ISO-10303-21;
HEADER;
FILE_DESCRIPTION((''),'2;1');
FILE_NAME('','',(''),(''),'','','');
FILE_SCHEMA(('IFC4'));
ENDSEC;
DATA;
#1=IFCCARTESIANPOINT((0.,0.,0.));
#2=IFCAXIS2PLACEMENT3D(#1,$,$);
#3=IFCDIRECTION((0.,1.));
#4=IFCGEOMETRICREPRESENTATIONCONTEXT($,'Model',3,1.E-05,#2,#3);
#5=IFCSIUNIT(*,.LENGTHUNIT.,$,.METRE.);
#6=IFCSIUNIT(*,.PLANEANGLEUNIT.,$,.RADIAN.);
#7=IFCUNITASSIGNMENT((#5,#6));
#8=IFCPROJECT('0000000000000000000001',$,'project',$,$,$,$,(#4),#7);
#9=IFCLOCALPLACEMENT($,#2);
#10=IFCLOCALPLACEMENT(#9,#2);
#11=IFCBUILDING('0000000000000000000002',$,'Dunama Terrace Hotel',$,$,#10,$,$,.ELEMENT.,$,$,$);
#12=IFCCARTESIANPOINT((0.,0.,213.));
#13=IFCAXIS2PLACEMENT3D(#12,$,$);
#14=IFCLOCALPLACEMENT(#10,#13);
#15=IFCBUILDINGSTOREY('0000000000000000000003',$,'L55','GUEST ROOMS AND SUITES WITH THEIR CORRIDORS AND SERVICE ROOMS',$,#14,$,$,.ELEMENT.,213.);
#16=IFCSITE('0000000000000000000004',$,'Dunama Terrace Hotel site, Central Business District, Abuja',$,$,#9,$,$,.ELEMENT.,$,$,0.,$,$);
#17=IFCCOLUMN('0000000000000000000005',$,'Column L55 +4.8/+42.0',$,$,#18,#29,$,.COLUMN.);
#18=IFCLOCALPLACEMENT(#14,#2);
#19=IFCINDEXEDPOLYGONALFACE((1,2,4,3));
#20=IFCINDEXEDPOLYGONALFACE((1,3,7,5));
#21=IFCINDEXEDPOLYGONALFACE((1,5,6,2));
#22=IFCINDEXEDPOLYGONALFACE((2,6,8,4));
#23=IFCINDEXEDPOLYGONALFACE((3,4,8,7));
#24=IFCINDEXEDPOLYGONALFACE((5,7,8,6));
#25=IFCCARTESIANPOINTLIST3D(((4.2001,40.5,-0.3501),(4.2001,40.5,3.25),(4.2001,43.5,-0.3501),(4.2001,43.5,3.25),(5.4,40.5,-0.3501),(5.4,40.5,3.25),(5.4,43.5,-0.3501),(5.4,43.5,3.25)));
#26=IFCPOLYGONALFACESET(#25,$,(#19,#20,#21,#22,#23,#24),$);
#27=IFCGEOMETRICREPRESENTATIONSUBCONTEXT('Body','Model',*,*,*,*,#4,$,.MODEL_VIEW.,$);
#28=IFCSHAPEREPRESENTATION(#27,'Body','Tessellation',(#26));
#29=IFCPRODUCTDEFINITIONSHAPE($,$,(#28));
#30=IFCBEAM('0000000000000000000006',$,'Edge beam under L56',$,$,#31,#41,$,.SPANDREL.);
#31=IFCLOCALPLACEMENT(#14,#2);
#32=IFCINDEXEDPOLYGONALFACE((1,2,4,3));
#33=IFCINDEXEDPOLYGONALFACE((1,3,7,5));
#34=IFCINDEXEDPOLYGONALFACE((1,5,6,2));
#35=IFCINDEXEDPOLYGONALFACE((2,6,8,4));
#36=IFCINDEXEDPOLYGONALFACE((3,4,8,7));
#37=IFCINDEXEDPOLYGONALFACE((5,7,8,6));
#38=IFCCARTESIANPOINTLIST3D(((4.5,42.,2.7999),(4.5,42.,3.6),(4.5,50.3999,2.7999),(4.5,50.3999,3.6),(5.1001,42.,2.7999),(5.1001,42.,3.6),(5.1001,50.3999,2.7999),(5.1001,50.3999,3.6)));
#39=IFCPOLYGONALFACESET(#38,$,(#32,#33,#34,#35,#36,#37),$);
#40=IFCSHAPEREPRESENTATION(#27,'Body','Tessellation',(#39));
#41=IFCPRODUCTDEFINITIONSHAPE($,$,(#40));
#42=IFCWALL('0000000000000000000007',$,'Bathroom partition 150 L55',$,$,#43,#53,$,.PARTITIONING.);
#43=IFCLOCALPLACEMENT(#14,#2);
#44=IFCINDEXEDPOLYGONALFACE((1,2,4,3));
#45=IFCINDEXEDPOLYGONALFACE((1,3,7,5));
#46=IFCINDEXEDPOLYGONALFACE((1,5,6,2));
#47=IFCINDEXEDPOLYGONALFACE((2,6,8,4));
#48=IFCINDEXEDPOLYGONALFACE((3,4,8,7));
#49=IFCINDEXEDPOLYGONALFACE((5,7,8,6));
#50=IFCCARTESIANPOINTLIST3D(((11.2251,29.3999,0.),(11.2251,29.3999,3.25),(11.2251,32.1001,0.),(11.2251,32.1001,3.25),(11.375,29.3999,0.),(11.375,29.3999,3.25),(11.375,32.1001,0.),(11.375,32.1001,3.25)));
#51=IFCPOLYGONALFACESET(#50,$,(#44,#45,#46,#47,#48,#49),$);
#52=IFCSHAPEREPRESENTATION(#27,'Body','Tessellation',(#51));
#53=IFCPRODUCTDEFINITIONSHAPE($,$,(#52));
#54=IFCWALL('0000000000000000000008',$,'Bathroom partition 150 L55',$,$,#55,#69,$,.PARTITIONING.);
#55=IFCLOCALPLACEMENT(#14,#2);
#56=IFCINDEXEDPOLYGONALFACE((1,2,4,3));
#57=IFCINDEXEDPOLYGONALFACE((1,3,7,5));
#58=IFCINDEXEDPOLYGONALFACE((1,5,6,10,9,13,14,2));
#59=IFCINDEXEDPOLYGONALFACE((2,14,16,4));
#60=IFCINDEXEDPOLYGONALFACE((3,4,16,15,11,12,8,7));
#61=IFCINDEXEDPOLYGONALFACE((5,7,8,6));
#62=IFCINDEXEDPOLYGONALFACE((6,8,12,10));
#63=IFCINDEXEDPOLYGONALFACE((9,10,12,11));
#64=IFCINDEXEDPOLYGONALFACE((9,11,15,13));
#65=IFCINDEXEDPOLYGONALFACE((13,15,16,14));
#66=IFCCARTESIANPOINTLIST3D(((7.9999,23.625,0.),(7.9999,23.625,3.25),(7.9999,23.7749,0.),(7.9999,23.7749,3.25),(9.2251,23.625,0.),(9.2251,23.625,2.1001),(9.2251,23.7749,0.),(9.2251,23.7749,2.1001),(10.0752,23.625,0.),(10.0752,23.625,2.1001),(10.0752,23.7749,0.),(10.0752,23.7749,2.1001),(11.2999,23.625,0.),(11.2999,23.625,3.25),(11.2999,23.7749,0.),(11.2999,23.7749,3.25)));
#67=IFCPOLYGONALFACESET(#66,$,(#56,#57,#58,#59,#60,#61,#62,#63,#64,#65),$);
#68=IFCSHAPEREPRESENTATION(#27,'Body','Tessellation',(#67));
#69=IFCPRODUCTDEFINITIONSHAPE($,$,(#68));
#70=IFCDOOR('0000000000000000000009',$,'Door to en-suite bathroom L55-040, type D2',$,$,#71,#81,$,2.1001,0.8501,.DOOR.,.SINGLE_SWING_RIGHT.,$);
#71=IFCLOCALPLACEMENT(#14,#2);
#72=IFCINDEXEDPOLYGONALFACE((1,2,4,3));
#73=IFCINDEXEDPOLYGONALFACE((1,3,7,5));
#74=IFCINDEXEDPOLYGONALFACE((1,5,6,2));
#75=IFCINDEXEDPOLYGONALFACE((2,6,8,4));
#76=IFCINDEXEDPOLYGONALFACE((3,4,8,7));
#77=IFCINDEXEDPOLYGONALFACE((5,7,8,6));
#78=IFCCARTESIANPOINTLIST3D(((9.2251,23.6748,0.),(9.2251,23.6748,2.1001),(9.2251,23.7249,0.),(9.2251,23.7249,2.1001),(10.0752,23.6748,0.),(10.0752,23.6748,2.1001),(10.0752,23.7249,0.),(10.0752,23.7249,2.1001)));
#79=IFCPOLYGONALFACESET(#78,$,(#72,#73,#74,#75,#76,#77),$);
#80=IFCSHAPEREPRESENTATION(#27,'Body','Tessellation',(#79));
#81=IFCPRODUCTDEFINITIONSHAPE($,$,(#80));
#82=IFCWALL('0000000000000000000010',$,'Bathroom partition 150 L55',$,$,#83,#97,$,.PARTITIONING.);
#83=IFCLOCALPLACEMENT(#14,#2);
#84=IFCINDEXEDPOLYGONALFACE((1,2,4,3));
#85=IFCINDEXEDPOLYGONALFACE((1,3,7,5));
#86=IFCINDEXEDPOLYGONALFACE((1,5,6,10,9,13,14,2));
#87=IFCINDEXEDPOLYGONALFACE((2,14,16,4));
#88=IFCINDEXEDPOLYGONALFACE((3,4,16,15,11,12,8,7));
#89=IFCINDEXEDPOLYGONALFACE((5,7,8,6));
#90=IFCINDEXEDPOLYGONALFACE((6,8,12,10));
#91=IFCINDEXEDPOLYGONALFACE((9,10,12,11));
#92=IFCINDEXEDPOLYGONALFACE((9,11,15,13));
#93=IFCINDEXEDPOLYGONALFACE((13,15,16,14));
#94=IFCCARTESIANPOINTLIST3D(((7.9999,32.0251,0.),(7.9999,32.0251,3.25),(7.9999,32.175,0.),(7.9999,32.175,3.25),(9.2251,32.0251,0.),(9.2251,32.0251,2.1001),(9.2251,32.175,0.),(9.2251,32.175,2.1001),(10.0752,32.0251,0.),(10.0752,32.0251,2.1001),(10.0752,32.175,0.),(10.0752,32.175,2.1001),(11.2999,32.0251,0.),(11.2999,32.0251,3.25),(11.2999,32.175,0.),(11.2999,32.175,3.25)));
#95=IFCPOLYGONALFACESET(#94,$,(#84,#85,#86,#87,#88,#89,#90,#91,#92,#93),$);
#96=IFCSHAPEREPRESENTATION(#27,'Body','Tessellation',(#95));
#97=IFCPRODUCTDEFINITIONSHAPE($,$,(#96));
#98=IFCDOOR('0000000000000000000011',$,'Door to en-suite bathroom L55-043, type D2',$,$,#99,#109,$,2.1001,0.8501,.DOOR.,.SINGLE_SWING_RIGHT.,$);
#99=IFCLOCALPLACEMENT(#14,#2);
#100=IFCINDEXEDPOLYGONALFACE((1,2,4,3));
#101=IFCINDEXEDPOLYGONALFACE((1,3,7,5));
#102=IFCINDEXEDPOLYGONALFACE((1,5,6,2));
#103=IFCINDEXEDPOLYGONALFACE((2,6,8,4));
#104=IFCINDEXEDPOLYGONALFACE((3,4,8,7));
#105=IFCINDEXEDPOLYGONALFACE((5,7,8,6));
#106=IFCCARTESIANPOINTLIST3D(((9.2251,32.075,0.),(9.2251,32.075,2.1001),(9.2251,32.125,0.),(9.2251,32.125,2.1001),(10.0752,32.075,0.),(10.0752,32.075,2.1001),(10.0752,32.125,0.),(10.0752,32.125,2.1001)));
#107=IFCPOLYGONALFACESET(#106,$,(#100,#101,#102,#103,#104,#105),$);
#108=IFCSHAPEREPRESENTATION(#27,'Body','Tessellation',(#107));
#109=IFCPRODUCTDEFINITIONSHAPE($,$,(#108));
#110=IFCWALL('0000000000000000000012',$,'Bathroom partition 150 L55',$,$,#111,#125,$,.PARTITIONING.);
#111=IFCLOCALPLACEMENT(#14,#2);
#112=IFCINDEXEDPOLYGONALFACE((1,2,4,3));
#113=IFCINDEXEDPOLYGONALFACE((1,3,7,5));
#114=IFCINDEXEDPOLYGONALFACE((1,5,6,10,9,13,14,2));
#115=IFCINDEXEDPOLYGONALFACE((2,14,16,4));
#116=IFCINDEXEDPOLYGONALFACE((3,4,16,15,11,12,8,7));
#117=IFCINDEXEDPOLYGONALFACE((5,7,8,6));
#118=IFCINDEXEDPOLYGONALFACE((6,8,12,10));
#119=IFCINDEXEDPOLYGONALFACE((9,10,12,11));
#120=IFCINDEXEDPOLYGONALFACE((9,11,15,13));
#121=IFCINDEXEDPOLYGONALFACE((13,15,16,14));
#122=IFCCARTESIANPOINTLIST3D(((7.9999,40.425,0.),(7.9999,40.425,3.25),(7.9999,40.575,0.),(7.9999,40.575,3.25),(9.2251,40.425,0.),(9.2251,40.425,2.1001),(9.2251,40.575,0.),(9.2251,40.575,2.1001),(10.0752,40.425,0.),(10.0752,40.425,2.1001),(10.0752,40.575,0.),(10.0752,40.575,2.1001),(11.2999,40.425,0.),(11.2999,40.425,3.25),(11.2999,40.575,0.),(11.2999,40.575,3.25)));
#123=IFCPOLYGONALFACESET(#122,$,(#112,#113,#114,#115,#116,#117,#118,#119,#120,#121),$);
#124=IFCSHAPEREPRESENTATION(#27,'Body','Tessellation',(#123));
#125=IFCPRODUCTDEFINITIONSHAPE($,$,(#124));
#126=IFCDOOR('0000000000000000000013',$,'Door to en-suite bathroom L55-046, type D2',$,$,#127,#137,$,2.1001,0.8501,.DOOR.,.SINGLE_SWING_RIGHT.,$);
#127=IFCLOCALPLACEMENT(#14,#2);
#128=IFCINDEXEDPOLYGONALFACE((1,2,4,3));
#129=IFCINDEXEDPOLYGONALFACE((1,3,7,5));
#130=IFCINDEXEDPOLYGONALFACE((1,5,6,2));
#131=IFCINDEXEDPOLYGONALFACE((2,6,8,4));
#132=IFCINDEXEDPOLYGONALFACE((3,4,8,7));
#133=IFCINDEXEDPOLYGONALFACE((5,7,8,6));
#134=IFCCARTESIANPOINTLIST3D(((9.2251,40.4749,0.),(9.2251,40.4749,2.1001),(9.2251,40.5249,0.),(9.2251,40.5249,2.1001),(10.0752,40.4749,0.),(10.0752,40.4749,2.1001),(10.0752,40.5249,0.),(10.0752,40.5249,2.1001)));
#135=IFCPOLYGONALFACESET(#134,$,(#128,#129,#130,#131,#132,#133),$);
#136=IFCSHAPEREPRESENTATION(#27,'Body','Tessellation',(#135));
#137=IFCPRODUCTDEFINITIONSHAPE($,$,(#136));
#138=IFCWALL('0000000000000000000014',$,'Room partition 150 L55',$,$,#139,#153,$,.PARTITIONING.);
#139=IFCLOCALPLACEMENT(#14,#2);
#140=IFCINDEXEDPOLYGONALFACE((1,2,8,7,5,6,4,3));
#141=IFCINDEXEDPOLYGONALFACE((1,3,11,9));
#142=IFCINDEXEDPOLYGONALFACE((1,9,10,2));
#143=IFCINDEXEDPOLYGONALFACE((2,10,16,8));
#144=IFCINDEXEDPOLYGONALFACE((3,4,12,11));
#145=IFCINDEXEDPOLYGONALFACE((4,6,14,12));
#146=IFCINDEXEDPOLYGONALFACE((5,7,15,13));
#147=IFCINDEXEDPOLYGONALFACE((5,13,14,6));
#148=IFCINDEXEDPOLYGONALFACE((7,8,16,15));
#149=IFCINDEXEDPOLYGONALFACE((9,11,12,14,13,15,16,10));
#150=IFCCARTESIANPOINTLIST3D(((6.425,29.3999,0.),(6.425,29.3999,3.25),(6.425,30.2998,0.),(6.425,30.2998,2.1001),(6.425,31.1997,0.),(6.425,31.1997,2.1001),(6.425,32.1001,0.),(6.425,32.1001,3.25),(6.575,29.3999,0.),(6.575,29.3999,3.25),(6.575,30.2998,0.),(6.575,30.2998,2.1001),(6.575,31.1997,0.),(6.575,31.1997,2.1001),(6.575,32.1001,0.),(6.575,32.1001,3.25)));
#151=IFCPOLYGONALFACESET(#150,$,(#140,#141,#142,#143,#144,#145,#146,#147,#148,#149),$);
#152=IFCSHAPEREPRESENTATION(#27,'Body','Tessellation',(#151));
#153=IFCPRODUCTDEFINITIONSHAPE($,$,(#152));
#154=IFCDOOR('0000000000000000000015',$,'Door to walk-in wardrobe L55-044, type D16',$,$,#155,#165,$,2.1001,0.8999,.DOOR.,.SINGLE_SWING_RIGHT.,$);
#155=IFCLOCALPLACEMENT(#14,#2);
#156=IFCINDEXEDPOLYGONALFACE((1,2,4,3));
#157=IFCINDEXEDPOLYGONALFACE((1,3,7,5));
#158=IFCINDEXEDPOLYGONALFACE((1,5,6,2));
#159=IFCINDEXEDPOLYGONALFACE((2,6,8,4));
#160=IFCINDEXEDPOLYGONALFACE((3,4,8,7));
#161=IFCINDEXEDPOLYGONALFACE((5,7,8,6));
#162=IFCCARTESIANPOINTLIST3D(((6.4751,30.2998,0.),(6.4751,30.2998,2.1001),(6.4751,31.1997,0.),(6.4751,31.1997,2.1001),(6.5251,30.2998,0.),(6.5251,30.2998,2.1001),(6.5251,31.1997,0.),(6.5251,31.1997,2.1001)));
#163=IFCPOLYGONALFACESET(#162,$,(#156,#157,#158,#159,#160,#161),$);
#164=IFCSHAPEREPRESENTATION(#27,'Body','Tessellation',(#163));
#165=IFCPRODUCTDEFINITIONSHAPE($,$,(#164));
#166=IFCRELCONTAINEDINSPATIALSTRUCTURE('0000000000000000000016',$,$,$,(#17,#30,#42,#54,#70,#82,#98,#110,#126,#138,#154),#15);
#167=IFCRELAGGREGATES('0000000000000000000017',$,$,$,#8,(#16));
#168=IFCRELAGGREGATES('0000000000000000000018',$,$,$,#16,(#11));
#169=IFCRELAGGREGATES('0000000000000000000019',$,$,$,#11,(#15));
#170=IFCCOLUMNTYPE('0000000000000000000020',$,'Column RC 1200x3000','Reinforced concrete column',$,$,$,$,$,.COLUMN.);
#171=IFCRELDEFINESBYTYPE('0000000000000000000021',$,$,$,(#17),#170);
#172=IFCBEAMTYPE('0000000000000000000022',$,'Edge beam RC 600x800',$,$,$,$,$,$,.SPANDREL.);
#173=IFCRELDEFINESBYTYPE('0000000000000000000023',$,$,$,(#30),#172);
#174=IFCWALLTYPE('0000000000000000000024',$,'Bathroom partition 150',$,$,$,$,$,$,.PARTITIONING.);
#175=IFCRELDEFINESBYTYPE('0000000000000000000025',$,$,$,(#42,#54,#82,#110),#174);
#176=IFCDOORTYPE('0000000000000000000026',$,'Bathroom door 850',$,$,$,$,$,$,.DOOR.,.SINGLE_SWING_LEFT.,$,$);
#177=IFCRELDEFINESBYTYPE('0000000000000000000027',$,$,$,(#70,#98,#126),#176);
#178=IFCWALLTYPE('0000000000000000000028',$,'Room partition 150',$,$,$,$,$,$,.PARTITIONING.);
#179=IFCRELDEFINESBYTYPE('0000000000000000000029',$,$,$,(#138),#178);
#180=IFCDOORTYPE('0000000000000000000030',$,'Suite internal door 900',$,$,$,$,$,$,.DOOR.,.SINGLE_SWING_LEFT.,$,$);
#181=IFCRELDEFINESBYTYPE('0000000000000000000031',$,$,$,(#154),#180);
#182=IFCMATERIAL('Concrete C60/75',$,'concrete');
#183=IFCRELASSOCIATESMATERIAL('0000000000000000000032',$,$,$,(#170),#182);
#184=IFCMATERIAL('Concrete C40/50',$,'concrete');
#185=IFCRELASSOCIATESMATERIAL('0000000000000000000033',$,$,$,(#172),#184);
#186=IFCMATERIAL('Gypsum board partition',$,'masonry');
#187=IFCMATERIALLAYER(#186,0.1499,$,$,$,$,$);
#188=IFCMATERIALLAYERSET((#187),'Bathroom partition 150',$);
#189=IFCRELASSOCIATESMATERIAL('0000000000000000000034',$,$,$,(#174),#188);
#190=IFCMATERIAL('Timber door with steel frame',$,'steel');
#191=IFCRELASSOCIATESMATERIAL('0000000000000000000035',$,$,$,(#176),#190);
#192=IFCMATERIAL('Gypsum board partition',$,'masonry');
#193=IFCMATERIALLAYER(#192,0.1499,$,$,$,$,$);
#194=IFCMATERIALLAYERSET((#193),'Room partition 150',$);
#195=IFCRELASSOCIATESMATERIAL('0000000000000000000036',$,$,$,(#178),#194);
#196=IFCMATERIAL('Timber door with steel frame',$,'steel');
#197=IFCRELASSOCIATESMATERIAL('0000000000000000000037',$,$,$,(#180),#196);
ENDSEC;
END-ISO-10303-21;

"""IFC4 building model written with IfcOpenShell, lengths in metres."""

from ifc_helpers import new_model, si_unit, direction, frame, frame_2d, origin, origin_2d, place, context, subcontext, project, spatial, rectangle, extrude, material, layer, layer_set, material_profile, profile_set, type_object, element, fill, save


model = new_model("IFC4")

# Units and contexts
model_context = context("Model", 3, precision=1e-05, world=origin(), true_north=direction((0.0, 1.0)))
body_context = subcontext(model_context, "Body", "Model", "MODEL_VIEW")
ifc_project = project(units=[si_unit("LENGTHUNIT", "METRE"), si_unit("PLANEANGLEUNIT", "RADIAN")], contexts=[model_context])

# Site, building, storey
site_placement = place(None, origin())
site = spatial("IfcSite", under=ifc_project, at=site_placement, Name="Dunama Terrace Hotel site, Central Business District, Abuja", CompositionType="ELEMENT", RefElevation=0.0)
building_placement = place(site_placement, origin())
building = spatial("IfcBuilding", under=site, at=building_placement, Name="Dunama Terrace Hotel", CompositionType="ELEMENT")
storey_placement = place(building_placement, frame((0.0, 0.0, 213.0)))
storey = spatial("IfcBuildingStorey", under=building, at=storey_placement, Name="L55", Description="GUEST ROOMS AND SUITES WITH THEIR CORRIDORS AND SERVICE ROOMS", CompositionType="ELEMENT", Elevation=213.0)

# Column
ifc_material_1 = material(Name="Concrete C60/75", Category="concrete")
ifc_material_profile_1 = material_profile(ifc_material_1, rectangle(XDim=1.2, YDim=3.0, at=origin_2d()), Name="RC 1200x3000")
ifc_profile_set_1 = profile_set([ifc_material_profile_1], Name="Concrete C60/75")
column_type = type_object("IfcColumnType", Name="Column RC 1200x3000", Description="Reinforced concrete column", PredefinedType="COLUMN", material=ifc_profile_set_1)
column_placement = place(storey_placement, frame((4.8, 42.0, -0.3501), z_axis=(0.0, 0.0, 1.0), x_axis=(1.0, 0.0, 0.0)))
element("IfcColumn", 1, at=column_placement, inside=storey, type_object=column_type, Name="Column L55 +4.8/+42.0", PredefinedType="COLUMN", context=body_context, shape_type="SweptSolid", body=[
    extrude(rectangle(XDim=1.2, YDim=3.0, at=origin_2d()), origin(), (0.0, 0.0, 1.0), 3.6001),
])

# Beam
ifc_material_2 = material(Name="Concrete C40/50", Category="concrete")
ifc_material_profile_2 = material_profile(ifc_material_2, rectangle(XDim=0.6001, YDim=0.8, at=origin_2d()), Name="RC 600x800")
ifc_profile_set_2 = profile_set([ifc_material_profile_2], Name="Concrete C40/50")
beam_type = type_object("IfcBeamType", Name="Edge beam RC 600x800", PredefinedType="SPANDREL", material=ifc_profile_set_2)
beam_placement = place(storey_placement, frame((4.8, 42.0, 3.2), z_axis=(0.0, 1.0, 0.0), x_axis=(-1.0, 0.0, 0.0)))
element("IfcBeam", 2, at=beam_placement, inside=storey, type_object=beam_type, Name="Edge beam under L56", PredefinedType="SPANDREL", context=body_context, shape_type="SweptSolid", body=[
    extrude(rectangle(XDim=0.6001, YDim=0.8, at=origin_2d()), origin(), (0.0, 0.0, 1.0), 8.3999),
])

# Wall
ifc_material_3 = material(Name="Gypsum board partition", Category="masonry")
ifc_layer_1 = layer(ifc_material_3, 0.1499)
ifc_layer_set_1 = layer_set([ifc_layer_1], Name="Bathroom partition 150")
wall_type_1 = type_object("IfcWallType", Name="Bathroom partition 150", PredefinedType="PARTITIONING", material=ifc_layer_set_1)
wall_1_placement = place(storey_placement, frame((11.3, 29.3999, 0.0), z_axis=(0.0, 0.0, 1.0), x_axis=(0.0, 1.0, 0.0)))
element("IfcWall", 3, at=wall_1_placement, inside=storey, type_object=wall_type_1, Name="Bathroom partition 150 L55", PredefinedType="PARTITIONING", context=body_context, shape_type="SweptSolid", body=[
    extrude(rectangle(XDim=2.7002, YDim=0.1499, at=frame_2d((1.3501, 0.0))), origin(), (0.0, 0.0, 1.0), 3.25),
])

# Walls, openings, doors
wall_2_placement = place(storey_placement, frame((8.0, 23.7, 0.0), z_axis=(0.0, 0.0, 1.0), x_axis=(1.0, 0.0, 0.0)))
wall_2 = element("IfcWall", 4, at=wall_2_placement, inside=storey, type_object=wall_type_1, Name="Bathroom partition 150 L55", PredefinedType="PARTITIONING", context=body_context, shape_type="SweptSolid", body=[
    extrude(rectangle(XDim=3.3, YDim=0.1499, at=frame_2d((1.6499, 0.0))), origin(), (0.0, 0.0, 1.0), 3.25),
])
opening_1_placement = place(wall_2_placement, frame((1.2251, 0.0, 0.0)))
opening_1 = element("IfcOpeningElement", 5, at=opening_1_placement, cuts=wall_2, PredefinedType="OPENING", context=body_context, shape_type="SweptSolid", body=[
    extrude(rectangle(XDim=0.8501, YDim=2.1001, at=frame_2d((0.425, 1.05))), frame((0.0, 0.085, 0.0), z_axis=(0.0, -1.0, 0.0), x_axis=(1.0, 0.0, 0.0)), (0.0, 0.0, 1.0), 0.1699),
])
ifc_material_4 = material(Name="Timber door with steel frame", Category="steel")
door_type_1 = type_object("IfcDoorType", Name="Bathroom door 850", OperationType="SINGLE_SWING_LEFT", PredefinedType="DOOR", material=ifc_material_4)
door_1_placement = place(opening_1_placement, frame((0.8501, 0.0, 0.0), z_axis=(0.0, 0.0, 1.0), x_axis=(-1.0, 0.0, 0.0)))
door_1 = element("IfcDoor", 6, at=door_1_placement, inside=storey, type_object=door_type_1, Name="Door to en-suite bathroom L55-040, type D2", OperationType="SINGLE_SWING_RIGHT", OverallHeight=2.1001, OverallWidth=0.8501, PredefinedType="DOOR", context=body_context, shape_type="SweptSolid", body=[
    extrude(rectangle(XDim=0.8501, YDim=2.1001, at=frame_2d((0.425, 1.05))), frame((0.0, 0.0251, 0.0), z_axis=(0.0, -1.0, 0.0), x_axis=(1.0, 0.0, 0.0)), (0.0, 0.0, 1.0), 0.05),
])
fill(opening_1, door_1)
wall_3_placement = place(storey_placement, frame((8.0, 32.1001, 0.0), z_axis=(0.0, 0.0, 1.0), x_axis=(1.0, 0.0, 0.0)))
wall_3 = element("IfcWall", 7, at=wall_3_placement, inside=storey, type_object=wall_type_1, Name="Bathroom partition 150 L55", PredefinedType="PARTITIONING", context=body_context, shape_type="SweptSolid", body=[
    extrude(rectangle(XDim=3.3, YDim=0.1499, at=frame_2d((1.6499, 0.0))), origin(), (0.0, 0.0, 1.0), 3.25),
])
opening_2_placement = place(wall_3_placement, frame((1.2251, 0.0, 0.0)))
opening_2 = element("IfcOpeningElement", 8, at=opening_2_placement, cuts=wall_3, PredefinedType="OPENING", context=body_context, shape_type="SweptSolid", body=[
    extrude(rectangle(XDim=0.8501, YDim=2.1001, at=frame_2d((0.425, 1.05))), frame((0.0, 0.085, 0.0), z_axis=(0.0, -1.0, 0.0), x_axis=(1.0, 0.0, 0.0)), (0.0, 0.0, 1.0), 0.1699),
])
door_2_placement = place(opening_2_placement, frame((0.8501, 0.0, 0.0), z_axis=(0.0, 0.0, 1.0), x_axis=(-1.0, 0.0, 0.0)))
door_2 = element("IfcDoor", 9, at=door_2_placement, inside=storey, type_object=door_type_1, Name="Door to en-suite bathroom L55-043, type D2", OperationType="SINGLE_SWING_RIGHT", OverallHeight=2.1001, OverallWidth=0.8501, PredefinedType="DOOR", context=body_context, shape_type="SweptSolid", body=[
    extrude(rectangle(XDim=0.8501, YDim=2.1001, at=frame_2d((0.425, 1.05))), frame((0.0, 0.0251, 0.0), z_axis=(0.0, -1.0, 0.0), x_axis=(1.0, 0.0, 0.0)), (0.0, 0.0, 1.0), 0.05),
])
fill(opening_2, door_2)
wall_4_placement = place(storey_placement, frame((8.0, 40.5, 0.0), z_axis=(0.0, 0.0, 1.0), x_axis=(1.0, 0.0, 0.0)))
wall_4 = element("IfcWall", 10, at=wall_4_placement, inside=storey, type_object=wall_type_1, Name="Bathroom partition 150 L55", PredefinedType="PARTITIONING", context=body_context, shape_type="SweptSolid", body=[
    extrude(rectangle(XDim=3.3, YDim=0.1499, at=frame_2d((1.6499, 0.0))), origin(), (0.0, 0.0, 1.0), 3.25),
])
opening_3_placement = place(wall_4_placement, frame((1.2251, 0.0, 0.0)))
opening_3 = element("IfcOpeningElement", 11, at=opening_3_placement, cuts=wall_4, PredefinedType="OPENING", context=body_context, shape_type="SweptSolid", body=[
    extrude(rectangle(XDim=0.8501, YDim=2.1001, at=frame_2d((0.425, 1.05))), frame((0.0, 0.085, 0.0), z_axis=(0.0, -1.0, 0.0), x_axis=(1.0, 0.0, 0.0)), (0.0, 0.0, 1.0), 0.1699),
])
door_3_placement = place(opening_3_placement, frame((0.8501, 0.0, 0.0), z_axis=(0.0, 0.0, 1.0), x_axis=(-1.0, 0.0, 0.0)))
door_3 = element("IfcDoor", 12, at=door_3_placement, inside=storey, type_object=door_type_1, Name="Door to en-suite bathroom L55-046, type D2", OperationType="SINGLE_SWING_RIGHT", OverallHeight=2.1001, OverallWidth=0.8501, PredefinedType="DOOR", context=body_context, shape_type="SweptSolid", body=[
    extrude(rectangle(XDim=0.8501, YDim=2.1001, at=frame_2d((0.425, 1.05))), frame((0.0, 0.0251, 0.0), z_axis=(0.0, -1.0, 0.0), x_axis=(1.0, 0.0, 0.0)), (0.0, 0.0, 1.0), 0.05),
])
fill(opening_3, door_3)
ifc_material_5 = material(Name="Gypsum board partition", Category="masonry")
ifc_layer_2 = layer(ifc_material_5, 0.1499)
ifc_layer_set_2 = layer_set([ifc_layer_2], Name="Room partition 150")
wall_type_2 = type_object("IfcWallType", Name="Room partition 150", PredefinedType="PARTITIONING", material=ifc_layer_set_2)
wall_5_placement = place(storey_placement, frame((6.5, 29.3999, 0.0), z_axis=(0.0, 0.0, 1.0), x_axis=(0.0, 1.0, 0.0)))
wall_5 = element("IfcWall", 13, at=wall_5_placement, inside=storey, type_object=wall_type_2, Name="Room partition 150 L55", PredefinedType="PARTITIONING", context=body_context, shape_type="SweptSolid", body=[
    extrude(rectangle(XDim=2.7002, YDim=0.1499, at=frame_2d((1.3501, 0.0))), origin(), (0.0, 0.0, 1.0), 3.25),
])
opening_4_placement = place(wall_5_placement, frame((0.8999, 0.0, 0.0)))
opening_4 = element("IfcOpeningElement", 14, at=opening_4_placement, cuts=wall_5, PredefinedType="OPENING", context=body_context, shape_type="SweptSolid", body=[
    extrude(rectangle(XDim=0.8999, YDim=2.1001, at=frame_2d((0.45, 1.05))), frame((0.0, 0.085, 0.0), z_axis=(0.0, -1.0, 0.0), x_axis=(1.0, 0.0, 0.0)), (0.0, 0.0, 1.0), 0.1699),
])
ifc_material_6 = material(Name="Timber door with steel frame", Category="steel")
door_type_2 = type_object("IfcDoorType", Name="Suite internal door 900", OperationType="SINGLE_SWING_LEFT", PredefinedType="DOOR", material=ifc_material_6)
door_4_placement = place(opening_4_placement, frame((0.8999, 0.0, 0.0), z_axis=(0.0, 0.0, 1.0), x_axis=(-1.0, 0.0, 0.0)))
door_4 = element("IfcDoor", 15, at=door_4_placement, inside=storey, type_object=door_type_2, Name="Door to walk-in wardrobe L55-044, type D16", OperationType="SINGLE_SWING_RIGHT", OverallHeight=2.1001, OverallWidth=0.8999, PredefinedType="DOOR", context=body_context, shape_type="SweptSolid", body=[
    extrude(rectangle(XDim=0.8999, YDim=2.1001, at=frame_2d((0.45, 1.05))), frame((0.0, 0.0251, 0.0), z_axis=(0.0, -1.0, 0.0), x_axis=(1.0, 0.0, 0.0)), (0.0, 0.0, 1.0), 0.05),
])
fill(opening_4, door_4)

save(model, "model.ifc")
